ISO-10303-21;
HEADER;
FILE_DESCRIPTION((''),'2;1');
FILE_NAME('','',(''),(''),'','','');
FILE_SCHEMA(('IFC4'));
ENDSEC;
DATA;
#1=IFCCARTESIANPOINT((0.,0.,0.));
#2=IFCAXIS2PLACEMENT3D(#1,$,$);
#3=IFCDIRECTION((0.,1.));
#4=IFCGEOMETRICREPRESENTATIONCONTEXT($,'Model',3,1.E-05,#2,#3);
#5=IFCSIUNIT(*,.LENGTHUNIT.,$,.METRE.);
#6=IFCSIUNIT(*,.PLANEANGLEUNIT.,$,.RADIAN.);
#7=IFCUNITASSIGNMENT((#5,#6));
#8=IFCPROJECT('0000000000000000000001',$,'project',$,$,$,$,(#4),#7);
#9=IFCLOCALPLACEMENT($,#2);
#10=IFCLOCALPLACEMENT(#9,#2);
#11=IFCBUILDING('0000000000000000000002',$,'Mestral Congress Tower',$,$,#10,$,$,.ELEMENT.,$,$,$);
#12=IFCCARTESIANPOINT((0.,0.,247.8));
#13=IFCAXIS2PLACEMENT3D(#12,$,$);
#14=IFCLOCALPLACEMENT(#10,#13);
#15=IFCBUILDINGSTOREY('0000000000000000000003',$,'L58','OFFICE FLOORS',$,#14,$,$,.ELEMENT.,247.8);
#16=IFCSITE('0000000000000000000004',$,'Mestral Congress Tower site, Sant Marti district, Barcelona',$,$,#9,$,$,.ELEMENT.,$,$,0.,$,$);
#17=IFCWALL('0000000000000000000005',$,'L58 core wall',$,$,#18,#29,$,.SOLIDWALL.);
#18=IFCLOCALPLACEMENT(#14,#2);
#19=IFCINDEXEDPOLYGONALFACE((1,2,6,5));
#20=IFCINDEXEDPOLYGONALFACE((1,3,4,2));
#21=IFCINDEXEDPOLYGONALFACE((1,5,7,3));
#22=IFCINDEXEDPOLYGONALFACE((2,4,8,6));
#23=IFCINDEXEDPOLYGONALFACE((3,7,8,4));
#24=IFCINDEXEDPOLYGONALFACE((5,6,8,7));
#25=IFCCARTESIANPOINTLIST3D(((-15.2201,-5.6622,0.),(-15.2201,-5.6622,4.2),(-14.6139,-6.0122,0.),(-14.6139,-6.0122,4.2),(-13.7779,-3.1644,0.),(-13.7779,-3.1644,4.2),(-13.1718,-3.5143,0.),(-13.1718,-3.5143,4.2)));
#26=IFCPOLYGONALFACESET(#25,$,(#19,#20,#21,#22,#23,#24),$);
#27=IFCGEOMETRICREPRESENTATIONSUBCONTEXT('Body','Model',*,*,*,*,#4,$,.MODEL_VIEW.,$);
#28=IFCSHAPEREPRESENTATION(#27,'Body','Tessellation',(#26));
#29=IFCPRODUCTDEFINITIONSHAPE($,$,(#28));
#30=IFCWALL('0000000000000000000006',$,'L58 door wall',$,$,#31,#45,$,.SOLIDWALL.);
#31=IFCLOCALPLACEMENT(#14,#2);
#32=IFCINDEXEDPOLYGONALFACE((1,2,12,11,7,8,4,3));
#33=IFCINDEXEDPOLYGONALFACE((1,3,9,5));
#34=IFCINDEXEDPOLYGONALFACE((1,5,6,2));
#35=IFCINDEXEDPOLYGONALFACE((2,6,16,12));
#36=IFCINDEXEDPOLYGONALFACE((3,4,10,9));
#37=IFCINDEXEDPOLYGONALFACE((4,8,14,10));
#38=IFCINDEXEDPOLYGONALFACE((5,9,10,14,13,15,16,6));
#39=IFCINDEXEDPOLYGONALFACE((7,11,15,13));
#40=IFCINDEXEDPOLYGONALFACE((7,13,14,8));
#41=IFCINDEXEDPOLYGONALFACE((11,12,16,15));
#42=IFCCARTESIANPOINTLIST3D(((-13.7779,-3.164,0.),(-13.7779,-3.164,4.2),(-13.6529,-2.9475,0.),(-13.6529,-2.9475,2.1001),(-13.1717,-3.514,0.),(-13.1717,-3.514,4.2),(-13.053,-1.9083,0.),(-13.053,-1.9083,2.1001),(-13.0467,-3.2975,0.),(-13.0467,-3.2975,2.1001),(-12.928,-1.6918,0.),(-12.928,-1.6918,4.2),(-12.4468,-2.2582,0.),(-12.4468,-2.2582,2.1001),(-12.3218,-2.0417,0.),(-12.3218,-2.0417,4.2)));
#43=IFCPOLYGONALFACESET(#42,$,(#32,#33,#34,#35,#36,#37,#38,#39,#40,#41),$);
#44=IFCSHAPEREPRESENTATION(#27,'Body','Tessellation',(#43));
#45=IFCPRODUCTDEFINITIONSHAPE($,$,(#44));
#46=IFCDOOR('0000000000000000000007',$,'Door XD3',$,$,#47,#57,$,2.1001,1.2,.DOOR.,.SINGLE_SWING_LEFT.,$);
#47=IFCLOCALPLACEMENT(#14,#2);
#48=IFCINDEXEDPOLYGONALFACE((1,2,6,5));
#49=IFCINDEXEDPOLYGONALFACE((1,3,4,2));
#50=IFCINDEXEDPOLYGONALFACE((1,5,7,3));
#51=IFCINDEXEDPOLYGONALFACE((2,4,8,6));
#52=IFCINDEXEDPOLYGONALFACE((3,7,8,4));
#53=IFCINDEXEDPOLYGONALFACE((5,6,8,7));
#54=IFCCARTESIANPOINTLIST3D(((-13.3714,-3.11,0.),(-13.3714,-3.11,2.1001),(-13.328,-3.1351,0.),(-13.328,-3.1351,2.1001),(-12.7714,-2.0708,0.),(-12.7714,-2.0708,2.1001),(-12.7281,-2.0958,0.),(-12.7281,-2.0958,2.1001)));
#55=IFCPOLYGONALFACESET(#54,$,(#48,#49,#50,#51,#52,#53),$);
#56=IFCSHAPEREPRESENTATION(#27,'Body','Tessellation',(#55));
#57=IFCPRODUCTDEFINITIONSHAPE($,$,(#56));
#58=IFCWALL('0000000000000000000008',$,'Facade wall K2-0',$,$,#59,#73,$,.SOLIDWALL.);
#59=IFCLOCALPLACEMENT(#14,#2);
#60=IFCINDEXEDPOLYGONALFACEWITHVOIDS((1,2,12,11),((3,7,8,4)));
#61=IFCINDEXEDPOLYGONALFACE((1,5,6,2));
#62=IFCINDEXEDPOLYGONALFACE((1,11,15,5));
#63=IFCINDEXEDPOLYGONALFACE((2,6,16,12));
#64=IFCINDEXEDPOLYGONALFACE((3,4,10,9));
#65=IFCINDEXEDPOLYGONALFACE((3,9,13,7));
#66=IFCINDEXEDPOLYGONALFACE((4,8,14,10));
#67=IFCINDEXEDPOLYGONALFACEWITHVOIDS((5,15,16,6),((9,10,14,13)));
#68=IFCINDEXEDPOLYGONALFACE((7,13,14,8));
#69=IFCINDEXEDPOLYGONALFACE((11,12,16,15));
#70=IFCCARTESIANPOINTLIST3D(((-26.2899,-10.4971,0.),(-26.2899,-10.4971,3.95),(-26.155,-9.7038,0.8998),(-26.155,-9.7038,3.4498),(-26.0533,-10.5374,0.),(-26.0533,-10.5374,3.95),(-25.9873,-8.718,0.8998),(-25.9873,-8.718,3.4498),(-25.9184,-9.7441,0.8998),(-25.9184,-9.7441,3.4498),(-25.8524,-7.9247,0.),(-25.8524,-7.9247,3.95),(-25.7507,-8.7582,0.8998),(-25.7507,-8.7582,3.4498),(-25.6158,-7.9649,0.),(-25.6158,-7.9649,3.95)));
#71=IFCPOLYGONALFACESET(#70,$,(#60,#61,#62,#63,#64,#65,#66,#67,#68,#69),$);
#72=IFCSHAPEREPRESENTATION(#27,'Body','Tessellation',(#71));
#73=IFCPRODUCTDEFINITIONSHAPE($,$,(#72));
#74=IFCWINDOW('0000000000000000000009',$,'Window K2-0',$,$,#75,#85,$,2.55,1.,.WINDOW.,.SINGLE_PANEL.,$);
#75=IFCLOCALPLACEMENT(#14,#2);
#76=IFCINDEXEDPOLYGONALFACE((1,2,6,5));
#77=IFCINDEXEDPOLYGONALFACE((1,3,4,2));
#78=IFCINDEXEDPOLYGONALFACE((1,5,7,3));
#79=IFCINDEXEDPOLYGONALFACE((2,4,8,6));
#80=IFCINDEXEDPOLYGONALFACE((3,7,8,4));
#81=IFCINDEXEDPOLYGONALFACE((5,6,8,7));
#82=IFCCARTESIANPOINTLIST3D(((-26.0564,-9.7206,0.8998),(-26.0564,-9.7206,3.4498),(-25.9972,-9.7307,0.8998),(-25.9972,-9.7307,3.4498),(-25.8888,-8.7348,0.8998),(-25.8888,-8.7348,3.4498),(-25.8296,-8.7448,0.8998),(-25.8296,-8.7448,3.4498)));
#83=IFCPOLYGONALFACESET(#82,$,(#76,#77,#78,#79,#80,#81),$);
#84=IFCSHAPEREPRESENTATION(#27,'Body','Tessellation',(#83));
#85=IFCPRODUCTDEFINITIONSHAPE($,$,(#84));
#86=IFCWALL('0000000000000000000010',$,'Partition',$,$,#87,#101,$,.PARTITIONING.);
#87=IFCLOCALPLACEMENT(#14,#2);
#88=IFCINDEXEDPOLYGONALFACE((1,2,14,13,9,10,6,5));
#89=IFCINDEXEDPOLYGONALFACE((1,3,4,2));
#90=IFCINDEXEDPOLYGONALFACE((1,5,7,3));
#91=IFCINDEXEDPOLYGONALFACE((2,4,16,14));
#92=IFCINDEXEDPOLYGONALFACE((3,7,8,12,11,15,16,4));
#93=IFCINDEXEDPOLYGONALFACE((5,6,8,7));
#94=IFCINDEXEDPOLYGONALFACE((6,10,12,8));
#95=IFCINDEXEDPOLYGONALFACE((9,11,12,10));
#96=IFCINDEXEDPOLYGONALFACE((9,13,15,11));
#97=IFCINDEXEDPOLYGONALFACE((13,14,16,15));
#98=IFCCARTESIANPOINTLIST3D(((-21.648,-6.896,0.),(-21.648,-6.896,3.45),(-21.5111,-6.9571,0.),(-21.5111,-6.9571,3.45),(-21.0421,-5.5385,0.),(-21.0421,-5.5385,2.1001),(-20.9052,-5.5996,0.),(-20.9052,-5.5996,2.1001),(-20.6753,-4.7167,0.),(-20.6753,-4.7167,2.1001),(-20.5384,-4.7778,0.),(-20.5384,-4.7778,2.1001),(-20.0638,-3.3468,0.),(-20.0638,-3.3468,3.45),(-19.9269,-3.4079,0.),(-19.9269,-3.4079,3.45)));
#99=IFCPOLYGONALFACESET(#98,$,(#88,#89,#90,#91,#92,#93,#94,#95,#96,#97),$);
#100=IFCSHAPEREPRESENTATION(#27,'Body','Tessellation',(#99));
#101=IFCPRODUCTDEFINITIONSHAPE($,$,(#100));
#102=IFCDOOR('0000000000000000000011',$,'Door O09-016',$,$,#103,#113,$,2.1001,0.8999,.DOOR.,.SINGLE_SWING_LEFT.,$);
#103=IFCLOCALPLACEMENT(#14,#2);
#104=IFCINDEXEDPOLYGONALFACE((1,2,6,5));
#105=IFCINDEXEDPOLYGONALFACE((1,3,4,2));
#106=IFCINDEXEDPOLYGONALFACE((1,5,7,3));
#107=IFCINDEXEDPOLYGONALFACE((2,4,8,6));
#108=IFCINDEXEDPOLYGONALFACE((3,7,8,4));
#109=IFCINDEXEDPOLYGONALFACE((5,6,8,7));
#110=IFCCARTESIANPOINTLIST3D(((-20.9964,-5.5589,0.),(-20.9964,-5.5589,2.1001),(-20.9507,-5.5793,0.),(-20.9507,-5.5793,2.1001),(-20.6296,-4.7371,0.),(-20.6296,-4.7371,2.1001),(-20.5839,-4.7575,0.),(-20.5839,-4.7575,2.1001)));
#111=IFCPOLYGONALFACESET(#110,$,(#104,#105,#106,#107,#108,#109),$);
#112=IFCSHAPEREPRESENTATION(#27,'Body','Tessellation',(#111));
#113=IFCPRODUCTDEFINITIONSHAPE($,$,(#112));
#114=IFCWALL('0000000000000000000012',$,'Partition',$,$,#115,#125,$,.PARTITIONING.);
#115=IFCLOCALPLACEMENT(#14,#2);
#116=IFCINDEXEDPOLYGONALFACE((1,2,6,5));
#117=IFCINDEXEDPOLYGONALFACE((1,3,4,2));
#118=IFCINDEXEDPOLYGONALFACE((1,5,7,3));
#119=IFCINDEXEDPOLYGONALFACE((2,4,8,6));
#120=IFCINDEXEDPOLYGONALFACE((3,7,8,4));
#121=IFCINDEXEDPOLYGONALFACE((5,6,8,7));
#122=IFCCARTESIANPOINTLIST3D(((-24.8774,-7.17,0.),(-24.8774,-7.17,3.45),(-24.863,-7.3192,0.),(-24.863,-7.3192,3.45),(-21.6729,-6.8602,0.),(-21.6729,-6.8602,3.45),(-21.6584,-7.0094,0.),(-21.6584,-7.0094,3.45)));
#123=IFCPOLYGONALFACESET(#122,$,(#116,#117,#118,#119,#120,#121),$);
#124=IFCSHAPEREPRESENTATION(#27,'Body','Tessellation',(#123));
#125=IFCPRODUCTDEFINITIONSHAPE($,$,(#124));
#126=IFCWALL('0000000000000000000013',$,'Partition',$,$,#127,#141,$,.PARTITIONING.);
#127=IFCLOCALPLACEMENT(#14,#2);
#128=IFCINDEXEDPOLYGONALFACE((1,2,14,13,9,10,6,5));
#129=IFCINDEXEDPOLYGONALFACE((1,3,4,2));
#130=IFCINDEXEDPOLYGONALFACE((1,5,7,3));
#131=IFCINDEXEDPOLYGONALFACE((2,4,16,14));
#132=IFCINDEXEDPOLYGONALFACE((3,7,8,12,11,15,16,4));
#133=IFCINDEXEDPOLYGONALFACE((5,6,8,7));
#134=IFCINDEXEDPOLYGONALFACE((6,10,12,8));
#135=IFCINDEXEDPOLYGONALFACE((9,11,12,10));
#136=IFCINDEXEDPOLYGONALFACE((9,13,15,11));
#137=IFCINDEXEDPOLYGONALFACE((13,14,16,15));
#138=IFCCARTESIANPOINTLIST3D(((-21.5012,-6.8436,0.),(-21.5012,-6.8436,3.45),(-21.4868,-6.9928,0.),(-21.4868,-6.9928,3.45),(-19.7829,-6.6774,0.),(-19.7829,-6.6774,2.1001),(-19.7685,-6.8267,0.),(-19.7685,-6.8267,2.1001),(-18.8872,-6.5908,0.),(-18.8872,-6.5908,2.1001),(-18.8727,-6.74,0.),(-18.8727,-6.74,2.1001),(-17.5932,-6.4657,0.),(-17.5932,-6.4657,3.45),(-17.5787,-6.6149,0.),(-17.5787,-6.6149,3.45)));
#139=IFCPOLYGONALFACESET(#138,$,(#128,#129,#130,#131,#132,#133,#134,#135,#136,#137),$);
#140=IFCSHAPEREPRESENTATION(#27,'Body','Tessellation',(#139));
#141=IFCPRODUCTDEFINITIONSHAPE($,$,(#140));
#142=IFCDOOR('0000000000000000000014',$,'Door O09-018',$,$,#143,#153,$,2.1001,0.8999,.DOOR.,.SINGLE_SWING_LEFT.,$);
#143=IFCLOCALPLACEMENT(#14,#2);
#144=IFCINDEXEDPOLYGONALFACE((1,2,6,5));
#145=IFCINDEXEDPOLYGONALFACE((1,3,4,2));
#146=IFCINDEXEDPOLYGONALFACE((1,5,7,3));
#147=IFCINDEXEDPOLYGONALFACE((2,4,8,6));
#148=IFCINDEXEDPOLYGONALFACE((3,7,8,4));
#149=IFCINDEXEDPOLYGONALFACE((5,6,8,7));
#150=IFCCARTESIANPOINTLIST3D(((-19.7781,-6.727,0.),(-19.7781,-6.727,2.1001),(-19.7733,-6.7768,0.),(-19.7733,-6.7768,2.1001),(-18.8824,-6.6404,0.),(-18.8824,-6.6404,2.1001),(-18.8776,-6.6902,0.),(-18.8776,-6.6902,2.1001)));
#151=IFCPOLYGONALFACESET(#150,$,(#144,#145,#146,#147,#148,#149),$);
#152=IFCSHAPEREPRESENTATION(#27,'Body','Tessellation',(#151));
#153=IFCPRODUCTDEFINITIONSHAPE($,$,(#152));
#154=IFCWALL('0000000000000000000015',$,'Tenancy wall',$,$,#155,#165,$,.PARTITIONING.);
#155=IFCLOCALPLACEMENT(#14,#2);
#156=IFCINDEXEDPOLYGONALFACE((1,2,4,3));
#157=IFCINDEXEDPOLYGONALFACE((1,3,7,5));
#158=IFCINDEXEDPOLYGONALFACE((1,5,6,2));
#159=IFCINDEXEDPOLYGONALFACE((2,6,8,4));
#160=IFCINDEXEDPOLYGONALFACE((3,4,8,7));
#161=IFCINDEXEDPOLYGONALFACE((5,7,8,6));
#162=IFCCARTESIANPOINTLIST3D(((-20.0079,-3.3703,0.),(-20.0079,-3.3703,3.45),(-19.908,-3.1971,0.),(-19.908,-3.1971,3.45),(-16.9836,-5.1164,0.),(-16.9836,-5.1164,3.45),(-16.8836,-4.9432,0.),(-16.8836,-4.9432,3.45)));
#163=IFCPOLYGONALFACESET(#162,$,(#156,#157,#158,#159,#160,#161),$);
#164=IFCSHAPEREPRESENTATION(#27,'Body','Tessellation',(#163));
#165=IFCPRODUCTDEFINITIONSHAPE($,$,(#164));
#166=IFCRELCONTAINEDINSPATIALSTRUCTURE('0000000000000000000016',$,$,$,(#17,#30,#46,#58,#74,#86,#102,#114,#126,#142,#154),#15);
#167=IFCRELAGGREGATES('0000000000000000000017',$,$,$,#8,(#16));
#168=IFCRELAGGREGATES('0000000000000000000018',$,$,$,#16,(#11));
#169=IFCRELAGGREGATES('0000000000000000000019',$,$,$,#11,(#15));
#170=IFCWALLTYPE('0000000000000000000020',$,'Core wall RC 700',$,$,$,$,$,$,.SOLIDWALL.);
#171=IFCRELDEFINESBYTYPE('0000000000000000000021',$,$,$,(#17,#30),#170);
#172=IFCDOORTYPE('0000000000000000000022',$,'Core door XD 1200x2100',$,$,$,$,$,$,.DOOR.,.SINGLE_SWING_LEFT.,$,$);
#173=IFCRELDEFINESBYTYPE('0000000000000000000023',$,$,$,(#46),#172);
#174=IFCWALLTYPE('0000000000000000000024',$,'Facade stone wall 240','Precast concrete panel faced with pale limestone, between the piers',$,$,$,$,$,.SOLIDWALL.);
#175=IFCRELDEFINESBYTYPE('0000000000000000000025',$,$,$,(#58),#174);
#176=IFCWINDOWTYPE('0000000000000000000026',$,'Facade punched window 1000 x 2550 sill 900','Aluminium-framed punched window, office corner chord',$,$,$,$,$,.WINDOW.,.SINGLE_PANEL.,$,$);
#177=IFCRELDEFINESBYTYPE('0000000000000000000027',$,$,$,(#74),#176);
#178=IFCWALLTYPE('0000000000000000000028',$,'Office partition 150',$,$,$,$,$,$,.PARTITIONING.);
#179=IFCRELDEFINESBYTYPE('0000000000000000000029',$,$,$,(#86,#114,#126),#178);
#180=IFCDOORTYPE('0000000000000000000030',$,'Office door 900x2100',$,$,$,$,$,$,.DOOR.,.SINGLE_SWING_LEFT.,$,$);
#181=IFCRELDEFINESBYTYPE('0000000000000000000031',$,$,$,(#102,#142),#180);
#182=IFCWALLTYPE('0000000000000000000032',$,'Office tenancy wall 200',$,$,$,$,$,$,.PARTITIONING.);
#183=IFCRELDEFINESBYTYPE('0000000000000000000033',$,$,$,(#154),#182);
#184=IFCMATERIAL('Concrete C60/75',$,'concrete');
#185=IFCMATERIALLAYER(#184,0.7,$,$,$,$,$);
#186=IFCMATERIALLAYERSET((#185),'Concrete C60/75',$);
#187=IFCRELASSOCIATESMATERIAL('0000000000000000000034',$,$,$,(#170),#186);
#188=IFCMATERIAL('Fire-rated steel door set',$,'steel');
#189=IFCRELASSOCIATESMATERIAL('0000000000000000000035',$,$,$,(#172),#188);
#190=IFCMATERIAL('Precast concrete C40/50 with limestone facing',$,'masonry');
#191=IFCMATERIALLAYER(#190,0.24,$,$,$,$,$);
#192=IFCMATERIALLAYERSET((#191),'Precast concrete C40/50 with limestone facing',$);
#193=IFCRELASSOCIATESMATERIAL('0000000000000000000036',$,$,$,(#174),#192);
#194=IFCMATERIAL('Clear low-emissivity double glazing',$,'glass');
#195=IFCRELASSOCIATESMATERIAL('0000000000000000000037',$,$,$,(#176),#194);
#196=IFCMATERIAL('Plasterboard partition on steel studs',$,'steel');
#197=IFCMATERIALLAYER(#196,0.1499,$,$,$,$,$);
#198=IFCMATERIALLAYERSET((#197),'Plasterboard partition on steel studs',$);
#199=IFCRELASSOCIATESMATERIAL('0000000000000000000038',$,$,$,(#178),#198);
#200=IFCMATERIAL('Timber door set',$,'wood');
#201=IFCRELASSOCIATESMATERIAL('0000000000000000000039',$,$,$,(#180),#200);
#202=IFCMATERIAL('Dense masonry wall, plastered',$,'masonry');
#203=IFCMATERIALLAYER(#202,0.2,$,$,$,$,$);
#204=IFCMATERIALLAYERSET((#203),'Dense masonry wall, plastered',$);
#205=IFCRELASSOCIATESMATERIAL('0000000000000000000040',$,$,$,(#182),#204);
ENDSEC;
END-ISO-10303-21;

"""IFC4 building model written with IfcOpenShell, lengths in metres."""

from ifc_helpers import new_model, si_unit, direction, frame, frame_2d, origin, place, context, subcontext, project, spatial, rectangle, extrude, material, layer, layer_set, type_object, element, fill, save


model = new_model("IFC4")

# Units and contexts
model_context = context("Model", 3, precision=1e-05, world=origin(), true_north=direction((0.0, 1.0)))
body_context = subcontext(model_context, "Body", "Model", "MODEL_VIEW")
ifc_project = project(units=[si_unit("LENGTHUNIT", "METRE"), si_unit("PLANEANGLEUNIT", "RADIAN")], contexts=[model_context])

# Site, building, storey
site_placement = place(None, origin())
site = spatial("IfcSite", under=ifc_project, at=site_placement, Name="Mestral Congress Tower site, Sant Marti district, Barcelona", CompositionType="ELEMENT", RefElevation=0.0)
building_placement = place(site_placement, origin())
building = spatial("IfcBuilding", under=site, at=building_placement, Name="Mestral Congress Tower", CompositionType="ELEMENT")
storey_placement = place(building_placement, frame((0.0, 0.0, 247.8)))
storey = spatial("IfcBuildingStorey", under=building, at=storey_placement, Name="L58", Description="OFFICE FLOORS", CompositionType="ELEMENT", Elevation=247.8)

# Shared definitions
ifc_material_1 = material(Name="Concrete C60/75", Category="concrete")

# Wall
ifc_layer_1 = layer(ifc_material_1, 0.7)
ifc_layer_set_1 = layer_set([ifc_layer_1], Name="Concrete C60/75")
wall_type_1 = type_object("IfcWallType", Name="Core wall RC 700", PredefinedType="SOLIDWALL", material=ifc_layer_set_1)
wall_1_placement = place(storey_placement, frame((-13.4749, -3.3394, 0.0), z_axis=(0.0, 0.0, 1.0), x_axis=(-0.500008, -0.866021, 0.0)))
element("IfcWall", 1, at=wall_1_placement, inside=storey, type_object=wall_type_1, Name="L58 core wall", PredefinedType="SOLIDWALL", context=body_context, shape_type="SweptSolid", body=[
    extrude(rectangle(XDim=2.8843, YDim=0.7, at=frame_2d((1.4421, 0.0))), origin(), (0.0, 0.0, 1.0), 4.2),
])

# Wall, opening, door
wall_2_placement = place(storey_placement, frame((-13.4749, -3.3391, 0.0), z_axis=(0.0, 0.0, 1.0), x_axis=(0.499955, 0.866052, 0.0)))
wall_2 = element("IfcWall", 2, at=wall_2_placement, inside=storey, type_object=wall_type_1, Name="L58 door wall", PredefinedType="SOLIDWALL", context=body_context, shape_type="SweptSolid", body=[
    extrude(rectangle(XDim=1.7, YDim=0.7, at=frame_2d((0.8501, 0.0))), origin(), (0.0, 0.0, 1.0), 4.2),
])
opening_1_placement = place(wall_2_placement, frame((0.25, 0.0, 0.0)))
opening_1 = element("IfcOpeningElement", 3, at=opening_1_placement, cuts=wall_2, PredefinedType="OPENING", context=body_context, shape_type="SweptSolid", body=[
    extrude(rectangle(XDim=1.2, YDim=2.1001, at=frame_2d((0.6001, 1.05))), frame((0.0, 0.3599, 0.0), z_axis=(0.0, -1.0, 0.0), x_axis=(1.0, 0.0, 0.0)), (0.0, 0.0, 1.0), 0.72),
])
ifc_material_2 = material(Name="Fire-rated steel door set", Category="steel")
door_type_1 = type_object("IfcDoorType", Name="Core door XD 1200x2100", OperationType="SINGLE_SWING_LEFT", PredefinedType="DOOR", material=ifc_material_2)
door_1_placement = place(opening_1_placement, origin())
door_1 = element("IfcDoor", 4, at=door_1_placement, inside=storey, type_object=door_type_1, Name="Door XD3", OperationType="SINGLE_SWING_LEFT", OverallHeight=2.1001, OverallWidth=1.2, PredefinedType="DOOR", context=body_context, shape_type="SweptSolid", body=[
    extrude(rectangle(XDim=1.2, YDim=2.1001, at=frame_2d((0.6001, 1.05))), frame((0.0, 0.0249, 0.0), z_axis=(0.0, -1.0, 0.0), x_axis=(1.0, 0.0, 0.0)), (0.0, 0.0, 1.0), 0.05),
])
fill(opening_1, door_1)

# Wall, opening, window
ifc_material_3 = material(Name="Precast concrete C40/50 with limestone facing", Category="masonry")
ifc_layer_2 = layer(ifc_material_3, 0.24)
ifc_layer_set_2 = layer_set([ifc_layer_2], Name="Precast concrete C40/50 with limestone facing")
wall_type_2 = type_object("IfcWallType", Name="Facade stone wall 240", Description="Precast concrete panel faced with pale limestone, between the piers", PredefinedType="SOLIDWALL", material=ifc_layer_set_2)
wall_3_placement = place(storey_placement, frame((-25.7341, -7.9448, 0.0), z_axis=(0.0, 0.0, 1.0), x_axis=(-0.16766, -0.985845, 0.0)))
wall_3 = element("IfcWall", 5, at=wall_3_placement, inside=storey, type_object=wall_type_2, Name="Facade wall K2-0", PredefinedType="SOLIDWALL", context=body_context, shape_type="SweptSolid", body=[
    extrude(rectangle(XDim=2.6094, YDim=0.24, at=frame_2d((1.3047, 0.0))), origin(), (0.0, 0.0, 1.0), 3.95),
])
opening_2_placement = place(wall_3_placement, frame((0.8047, 0.0, 0.8999)))
opening_2 = element("IfcOpeningElement", 6, at=opening_2_placement, cuts=wall_3, PredefinedType="OPENING", context=body_context, shape_type="SweptSolid", body=[
    extrude(rectangle(XDim=1.0, YDim=2.55, at=frame_2d((0.5, 1.2749))), frame((0.0, 0.1299, 0.0), z_axis=(0.0, -1.0, 0.0), x_axis=(1.0, 0.0, 0.0)), (0.0, 0.0, 1.0), 0.26),
])
ifc_material_4 = material(Name="Clear low-emissivity double glazing", Category="glass")
window_type = type_object("IfcWindowType", Name="Facade punched window 1000 x 2550 sill 900", Description="Aluminium-framed punched window, office corner chord", PartitioningType="SINGLE_PANEL", PredefinedType="WINDOW", material=ifc_material_4)
window_placement = place(opening_2_placement, origin())
window = element("IfcWindow", 7, at=window_placement, inside=storey, type_object=window_type, Name="Window K2-0", OverallHeight=2.55, OverallWidth=1.0, PartitioningType="SINGLE_PANEL", PredefinedType="WINDOW", context=body_context, shape_type="SweptSolid", body=[
    extrude(rectangle(XDim=1.0, YDim=2.55, at=frame_2d((0.5, 1.2749))), frame((0.0, 0.04, 0.0), z_axis=(0.0, -1.0, 0.0), x_axis=(1.0, 0.0, 0.0)), (0.0, 0.0, 1.0), 0.0601),
])
fill(opening_2, window)

# Wall, opening, door
ifc_material_5 = material(Name="Plasterboard partition on steel studs", Category="steel")
ifc_layer_3 = layer(ifc_material_5, 0.1499)
ifc_layer_set_3 = layer_set([ifc_layer_3], Name="Plasterboard partition on steel studs")
wall_type_3 = type_object("IfcWallType", Name="Office partition 150", PredefinedType="PARTITIONING", material=ifc_layer_set_3)
wall_4_placement = place(storey_placement, frame((-21.5796, -6.9265, 0.0), z_axis=(0.0, 0.0, 1.0), x_axis=(0.407612, 0.913155, 0.0)))
wall_4 = element("IfcWall", 8, at=wall_4_placement, inside=storey, type_object=wall_type_3, Name="Partition", PredefinedType="PARTITIONING", context=body_context, shape_type="SweptSolid", body=[
    extrude(rectangle(XDim=3.8867, YDim=0.1499, at=frame_2d((1.9434, 0.0))), origin(), (0.0, 0.0, 1.0), 3.45),
])
opening_3_placement = place(wall_4_placement, frame((1.4866, 0.0, 0.0)))
opening_3 = element("IfcOpeningElement", 9, at=opening_3_placement, cuts=wall_4, PredefinedType="OPENING", context=body_context, shape_type="SweptSolid", body=[
    extrude(rectangle(XDim=0.8999, YDim=2.1001, at=frame_2d((0.45, 1.05))), frame((0.0, 0.085, 0.0), z_axis=(0.0, -1.0, 0.0), x_axis=(1.0, 0.0, 0.0)), (0.0, 0.0, 1.0), 0.1699),
])
ifc_material_6 = material(Name="Timber door set", Category="wood")
door_type_2 = type_object("IfcDoorType", Name="Office door 900x2100", OperationType="SINGLE_SWING_LEFT", PredefinedType="DOOR", material=ifc_material_6)
door_2_placement = place(opening_3_placement, origin())
door_2 = element("IfcDoor", 10, at=door_2_placement, inside=storey, type_object=door_type_2, Name="Door O09-016", OperationType="SINGLE_SWING_LEFT", OverallHeight=2.1001, OverallWidth=0.8999, PredefinedType="DOOR", context=body_context, shape_type="SweptSolid", body=[
    extrude(rectangle(XDim=0.8999, YDim=2.1001, at=frame_2d((0.45, 1.05))), frame((0.0, 0.0249, 0.0), z_axis=(0.0, -1.0, 0.0), x_axis=(1.0, 0.0, 0.0)), (0.0, 0.0, 1.0), 0.05),
])
fill(opening_3, door_2)

# Wall
wall_5_placement = place(storey_placement, frame((-21.6655, -6.9348, 0.0), z_axis=(0.0, 0.0, 1.0), x_axis=(-0.995359, -0.09623, 0.0)))
element("IfcWall", 11, at=wall_5_placement, inside=storey, type_object=wall_type_3, Name="Partition", PredefinedType="PARTITIONING", context=body_context, shape_type="SweptSolid", body=[
    extrude(rectangle(XDim=3.2195, YDim=0.1499, at=frame_2d((1.6099, 0.0))), origin(), (0.0, 0.0, 1.0), 3.45),
])

# Wall, opening, door
wall_6_placement = place(storey_placement, frame((-17.5859, -6.5403, 0.0), z_axis=(0.0, 0.0, 1.0), x_axis=(-0.995356, -0.096259, 0.0)))
wall_6 = element("IfcWall", 12, at=wall_6_placement, inside=storey, type_object=wall_type_3, Name="Partition", PredefinedType="PARTITIONING", context=body_context, shape_type="SweptSolid", body=[
    extrude(rectangle(XDim=3.9263, YDim=0.1499, at=frame_2d((1.9631, 0.0))), origin(), (0.0, 0.0, 1.0), 3.45),
])
opening_4_placement = place(wall_6_placement, frame((1.3, 0.0, 0.0)))
opening_4 = element("IfcOpeningElement", 13, at=opening_4_placement, cuts=wall_6, PredefinedType="OPENING", context=body_context, shape_type="SweptSolid", body=[
    extrude(rectangle(XDim=0.8999, YDim=2.1001, at=frame_2d((0.45, 1.05))), frame((0.0, 0.085, 0.0), z_axis=(0.0, -1.0, 0.0), x_axis=(1.0, 0.0, 0.0)), (0.0, 0.0, 1.0), 0.1699),
])
door_3_placement = place(opening_4_placement, origin())
door_3 = element("IfcDoor", 14, at=door_3_placement, inside=storey, type_object=door_type_2, Name="Door O09-018", OperationType="SINGLE_SWING_LEFT", OverallHeight=2.1001, OverallWidth=0.8999, PredefinedType="DOOR", context=body_context, shape_type="SweptSolid", body=[
    extrude(rectangle(XDim=0.8999, YDim=2.1001, at=frame_2d((0.45, 1.05))), frame((0.0, 0.0249, 0.0), z_axis=(0.0, -1.0, 0.0), x_axis=(1.0, 0.0, 0.0)), (0.0, 0.0, 1.0), 0.05),
])
fill(opening_4, door_3)

# Wall
ifc_material_7 = material(Name="Dense masonry wall, plastered", Category="masonry")
ifc_layer_4 = layer(ifc_material_7, 0.2)
ifc_layer_set_4 = layer_set([ifc_layer_4], Name="Dense masonry wall, plastered")
wall_type_4 = type_object("IfcWallType", Name="Office tenancy wall 200", PredefinedType="PARTITIONING", material=ifc_layer_set_4)
wall_7_placement = place(storey_placement, frame((-16.9336, -5.0298, 0.0), z_axis=(0.0, 0.0, 1.0), x_axis=(-0.866032, 0.499989, 0.0)))
element("IfcWall", 15, at=wall_7_placement, inside=storey, type_object=wall_type_4, Name="Tenancy wall", PredefinedType="PARTITIONING", context=body_context, shape_type="SweptSolid", body=[
    extrude(rectangle(XDim=3.4922, YDim=0.2, at=frame_2d((1.7461, 0.0))), origin(), (0.0, 0.0, 1.0), 3.45),
])

save(model, "model.ifc")
